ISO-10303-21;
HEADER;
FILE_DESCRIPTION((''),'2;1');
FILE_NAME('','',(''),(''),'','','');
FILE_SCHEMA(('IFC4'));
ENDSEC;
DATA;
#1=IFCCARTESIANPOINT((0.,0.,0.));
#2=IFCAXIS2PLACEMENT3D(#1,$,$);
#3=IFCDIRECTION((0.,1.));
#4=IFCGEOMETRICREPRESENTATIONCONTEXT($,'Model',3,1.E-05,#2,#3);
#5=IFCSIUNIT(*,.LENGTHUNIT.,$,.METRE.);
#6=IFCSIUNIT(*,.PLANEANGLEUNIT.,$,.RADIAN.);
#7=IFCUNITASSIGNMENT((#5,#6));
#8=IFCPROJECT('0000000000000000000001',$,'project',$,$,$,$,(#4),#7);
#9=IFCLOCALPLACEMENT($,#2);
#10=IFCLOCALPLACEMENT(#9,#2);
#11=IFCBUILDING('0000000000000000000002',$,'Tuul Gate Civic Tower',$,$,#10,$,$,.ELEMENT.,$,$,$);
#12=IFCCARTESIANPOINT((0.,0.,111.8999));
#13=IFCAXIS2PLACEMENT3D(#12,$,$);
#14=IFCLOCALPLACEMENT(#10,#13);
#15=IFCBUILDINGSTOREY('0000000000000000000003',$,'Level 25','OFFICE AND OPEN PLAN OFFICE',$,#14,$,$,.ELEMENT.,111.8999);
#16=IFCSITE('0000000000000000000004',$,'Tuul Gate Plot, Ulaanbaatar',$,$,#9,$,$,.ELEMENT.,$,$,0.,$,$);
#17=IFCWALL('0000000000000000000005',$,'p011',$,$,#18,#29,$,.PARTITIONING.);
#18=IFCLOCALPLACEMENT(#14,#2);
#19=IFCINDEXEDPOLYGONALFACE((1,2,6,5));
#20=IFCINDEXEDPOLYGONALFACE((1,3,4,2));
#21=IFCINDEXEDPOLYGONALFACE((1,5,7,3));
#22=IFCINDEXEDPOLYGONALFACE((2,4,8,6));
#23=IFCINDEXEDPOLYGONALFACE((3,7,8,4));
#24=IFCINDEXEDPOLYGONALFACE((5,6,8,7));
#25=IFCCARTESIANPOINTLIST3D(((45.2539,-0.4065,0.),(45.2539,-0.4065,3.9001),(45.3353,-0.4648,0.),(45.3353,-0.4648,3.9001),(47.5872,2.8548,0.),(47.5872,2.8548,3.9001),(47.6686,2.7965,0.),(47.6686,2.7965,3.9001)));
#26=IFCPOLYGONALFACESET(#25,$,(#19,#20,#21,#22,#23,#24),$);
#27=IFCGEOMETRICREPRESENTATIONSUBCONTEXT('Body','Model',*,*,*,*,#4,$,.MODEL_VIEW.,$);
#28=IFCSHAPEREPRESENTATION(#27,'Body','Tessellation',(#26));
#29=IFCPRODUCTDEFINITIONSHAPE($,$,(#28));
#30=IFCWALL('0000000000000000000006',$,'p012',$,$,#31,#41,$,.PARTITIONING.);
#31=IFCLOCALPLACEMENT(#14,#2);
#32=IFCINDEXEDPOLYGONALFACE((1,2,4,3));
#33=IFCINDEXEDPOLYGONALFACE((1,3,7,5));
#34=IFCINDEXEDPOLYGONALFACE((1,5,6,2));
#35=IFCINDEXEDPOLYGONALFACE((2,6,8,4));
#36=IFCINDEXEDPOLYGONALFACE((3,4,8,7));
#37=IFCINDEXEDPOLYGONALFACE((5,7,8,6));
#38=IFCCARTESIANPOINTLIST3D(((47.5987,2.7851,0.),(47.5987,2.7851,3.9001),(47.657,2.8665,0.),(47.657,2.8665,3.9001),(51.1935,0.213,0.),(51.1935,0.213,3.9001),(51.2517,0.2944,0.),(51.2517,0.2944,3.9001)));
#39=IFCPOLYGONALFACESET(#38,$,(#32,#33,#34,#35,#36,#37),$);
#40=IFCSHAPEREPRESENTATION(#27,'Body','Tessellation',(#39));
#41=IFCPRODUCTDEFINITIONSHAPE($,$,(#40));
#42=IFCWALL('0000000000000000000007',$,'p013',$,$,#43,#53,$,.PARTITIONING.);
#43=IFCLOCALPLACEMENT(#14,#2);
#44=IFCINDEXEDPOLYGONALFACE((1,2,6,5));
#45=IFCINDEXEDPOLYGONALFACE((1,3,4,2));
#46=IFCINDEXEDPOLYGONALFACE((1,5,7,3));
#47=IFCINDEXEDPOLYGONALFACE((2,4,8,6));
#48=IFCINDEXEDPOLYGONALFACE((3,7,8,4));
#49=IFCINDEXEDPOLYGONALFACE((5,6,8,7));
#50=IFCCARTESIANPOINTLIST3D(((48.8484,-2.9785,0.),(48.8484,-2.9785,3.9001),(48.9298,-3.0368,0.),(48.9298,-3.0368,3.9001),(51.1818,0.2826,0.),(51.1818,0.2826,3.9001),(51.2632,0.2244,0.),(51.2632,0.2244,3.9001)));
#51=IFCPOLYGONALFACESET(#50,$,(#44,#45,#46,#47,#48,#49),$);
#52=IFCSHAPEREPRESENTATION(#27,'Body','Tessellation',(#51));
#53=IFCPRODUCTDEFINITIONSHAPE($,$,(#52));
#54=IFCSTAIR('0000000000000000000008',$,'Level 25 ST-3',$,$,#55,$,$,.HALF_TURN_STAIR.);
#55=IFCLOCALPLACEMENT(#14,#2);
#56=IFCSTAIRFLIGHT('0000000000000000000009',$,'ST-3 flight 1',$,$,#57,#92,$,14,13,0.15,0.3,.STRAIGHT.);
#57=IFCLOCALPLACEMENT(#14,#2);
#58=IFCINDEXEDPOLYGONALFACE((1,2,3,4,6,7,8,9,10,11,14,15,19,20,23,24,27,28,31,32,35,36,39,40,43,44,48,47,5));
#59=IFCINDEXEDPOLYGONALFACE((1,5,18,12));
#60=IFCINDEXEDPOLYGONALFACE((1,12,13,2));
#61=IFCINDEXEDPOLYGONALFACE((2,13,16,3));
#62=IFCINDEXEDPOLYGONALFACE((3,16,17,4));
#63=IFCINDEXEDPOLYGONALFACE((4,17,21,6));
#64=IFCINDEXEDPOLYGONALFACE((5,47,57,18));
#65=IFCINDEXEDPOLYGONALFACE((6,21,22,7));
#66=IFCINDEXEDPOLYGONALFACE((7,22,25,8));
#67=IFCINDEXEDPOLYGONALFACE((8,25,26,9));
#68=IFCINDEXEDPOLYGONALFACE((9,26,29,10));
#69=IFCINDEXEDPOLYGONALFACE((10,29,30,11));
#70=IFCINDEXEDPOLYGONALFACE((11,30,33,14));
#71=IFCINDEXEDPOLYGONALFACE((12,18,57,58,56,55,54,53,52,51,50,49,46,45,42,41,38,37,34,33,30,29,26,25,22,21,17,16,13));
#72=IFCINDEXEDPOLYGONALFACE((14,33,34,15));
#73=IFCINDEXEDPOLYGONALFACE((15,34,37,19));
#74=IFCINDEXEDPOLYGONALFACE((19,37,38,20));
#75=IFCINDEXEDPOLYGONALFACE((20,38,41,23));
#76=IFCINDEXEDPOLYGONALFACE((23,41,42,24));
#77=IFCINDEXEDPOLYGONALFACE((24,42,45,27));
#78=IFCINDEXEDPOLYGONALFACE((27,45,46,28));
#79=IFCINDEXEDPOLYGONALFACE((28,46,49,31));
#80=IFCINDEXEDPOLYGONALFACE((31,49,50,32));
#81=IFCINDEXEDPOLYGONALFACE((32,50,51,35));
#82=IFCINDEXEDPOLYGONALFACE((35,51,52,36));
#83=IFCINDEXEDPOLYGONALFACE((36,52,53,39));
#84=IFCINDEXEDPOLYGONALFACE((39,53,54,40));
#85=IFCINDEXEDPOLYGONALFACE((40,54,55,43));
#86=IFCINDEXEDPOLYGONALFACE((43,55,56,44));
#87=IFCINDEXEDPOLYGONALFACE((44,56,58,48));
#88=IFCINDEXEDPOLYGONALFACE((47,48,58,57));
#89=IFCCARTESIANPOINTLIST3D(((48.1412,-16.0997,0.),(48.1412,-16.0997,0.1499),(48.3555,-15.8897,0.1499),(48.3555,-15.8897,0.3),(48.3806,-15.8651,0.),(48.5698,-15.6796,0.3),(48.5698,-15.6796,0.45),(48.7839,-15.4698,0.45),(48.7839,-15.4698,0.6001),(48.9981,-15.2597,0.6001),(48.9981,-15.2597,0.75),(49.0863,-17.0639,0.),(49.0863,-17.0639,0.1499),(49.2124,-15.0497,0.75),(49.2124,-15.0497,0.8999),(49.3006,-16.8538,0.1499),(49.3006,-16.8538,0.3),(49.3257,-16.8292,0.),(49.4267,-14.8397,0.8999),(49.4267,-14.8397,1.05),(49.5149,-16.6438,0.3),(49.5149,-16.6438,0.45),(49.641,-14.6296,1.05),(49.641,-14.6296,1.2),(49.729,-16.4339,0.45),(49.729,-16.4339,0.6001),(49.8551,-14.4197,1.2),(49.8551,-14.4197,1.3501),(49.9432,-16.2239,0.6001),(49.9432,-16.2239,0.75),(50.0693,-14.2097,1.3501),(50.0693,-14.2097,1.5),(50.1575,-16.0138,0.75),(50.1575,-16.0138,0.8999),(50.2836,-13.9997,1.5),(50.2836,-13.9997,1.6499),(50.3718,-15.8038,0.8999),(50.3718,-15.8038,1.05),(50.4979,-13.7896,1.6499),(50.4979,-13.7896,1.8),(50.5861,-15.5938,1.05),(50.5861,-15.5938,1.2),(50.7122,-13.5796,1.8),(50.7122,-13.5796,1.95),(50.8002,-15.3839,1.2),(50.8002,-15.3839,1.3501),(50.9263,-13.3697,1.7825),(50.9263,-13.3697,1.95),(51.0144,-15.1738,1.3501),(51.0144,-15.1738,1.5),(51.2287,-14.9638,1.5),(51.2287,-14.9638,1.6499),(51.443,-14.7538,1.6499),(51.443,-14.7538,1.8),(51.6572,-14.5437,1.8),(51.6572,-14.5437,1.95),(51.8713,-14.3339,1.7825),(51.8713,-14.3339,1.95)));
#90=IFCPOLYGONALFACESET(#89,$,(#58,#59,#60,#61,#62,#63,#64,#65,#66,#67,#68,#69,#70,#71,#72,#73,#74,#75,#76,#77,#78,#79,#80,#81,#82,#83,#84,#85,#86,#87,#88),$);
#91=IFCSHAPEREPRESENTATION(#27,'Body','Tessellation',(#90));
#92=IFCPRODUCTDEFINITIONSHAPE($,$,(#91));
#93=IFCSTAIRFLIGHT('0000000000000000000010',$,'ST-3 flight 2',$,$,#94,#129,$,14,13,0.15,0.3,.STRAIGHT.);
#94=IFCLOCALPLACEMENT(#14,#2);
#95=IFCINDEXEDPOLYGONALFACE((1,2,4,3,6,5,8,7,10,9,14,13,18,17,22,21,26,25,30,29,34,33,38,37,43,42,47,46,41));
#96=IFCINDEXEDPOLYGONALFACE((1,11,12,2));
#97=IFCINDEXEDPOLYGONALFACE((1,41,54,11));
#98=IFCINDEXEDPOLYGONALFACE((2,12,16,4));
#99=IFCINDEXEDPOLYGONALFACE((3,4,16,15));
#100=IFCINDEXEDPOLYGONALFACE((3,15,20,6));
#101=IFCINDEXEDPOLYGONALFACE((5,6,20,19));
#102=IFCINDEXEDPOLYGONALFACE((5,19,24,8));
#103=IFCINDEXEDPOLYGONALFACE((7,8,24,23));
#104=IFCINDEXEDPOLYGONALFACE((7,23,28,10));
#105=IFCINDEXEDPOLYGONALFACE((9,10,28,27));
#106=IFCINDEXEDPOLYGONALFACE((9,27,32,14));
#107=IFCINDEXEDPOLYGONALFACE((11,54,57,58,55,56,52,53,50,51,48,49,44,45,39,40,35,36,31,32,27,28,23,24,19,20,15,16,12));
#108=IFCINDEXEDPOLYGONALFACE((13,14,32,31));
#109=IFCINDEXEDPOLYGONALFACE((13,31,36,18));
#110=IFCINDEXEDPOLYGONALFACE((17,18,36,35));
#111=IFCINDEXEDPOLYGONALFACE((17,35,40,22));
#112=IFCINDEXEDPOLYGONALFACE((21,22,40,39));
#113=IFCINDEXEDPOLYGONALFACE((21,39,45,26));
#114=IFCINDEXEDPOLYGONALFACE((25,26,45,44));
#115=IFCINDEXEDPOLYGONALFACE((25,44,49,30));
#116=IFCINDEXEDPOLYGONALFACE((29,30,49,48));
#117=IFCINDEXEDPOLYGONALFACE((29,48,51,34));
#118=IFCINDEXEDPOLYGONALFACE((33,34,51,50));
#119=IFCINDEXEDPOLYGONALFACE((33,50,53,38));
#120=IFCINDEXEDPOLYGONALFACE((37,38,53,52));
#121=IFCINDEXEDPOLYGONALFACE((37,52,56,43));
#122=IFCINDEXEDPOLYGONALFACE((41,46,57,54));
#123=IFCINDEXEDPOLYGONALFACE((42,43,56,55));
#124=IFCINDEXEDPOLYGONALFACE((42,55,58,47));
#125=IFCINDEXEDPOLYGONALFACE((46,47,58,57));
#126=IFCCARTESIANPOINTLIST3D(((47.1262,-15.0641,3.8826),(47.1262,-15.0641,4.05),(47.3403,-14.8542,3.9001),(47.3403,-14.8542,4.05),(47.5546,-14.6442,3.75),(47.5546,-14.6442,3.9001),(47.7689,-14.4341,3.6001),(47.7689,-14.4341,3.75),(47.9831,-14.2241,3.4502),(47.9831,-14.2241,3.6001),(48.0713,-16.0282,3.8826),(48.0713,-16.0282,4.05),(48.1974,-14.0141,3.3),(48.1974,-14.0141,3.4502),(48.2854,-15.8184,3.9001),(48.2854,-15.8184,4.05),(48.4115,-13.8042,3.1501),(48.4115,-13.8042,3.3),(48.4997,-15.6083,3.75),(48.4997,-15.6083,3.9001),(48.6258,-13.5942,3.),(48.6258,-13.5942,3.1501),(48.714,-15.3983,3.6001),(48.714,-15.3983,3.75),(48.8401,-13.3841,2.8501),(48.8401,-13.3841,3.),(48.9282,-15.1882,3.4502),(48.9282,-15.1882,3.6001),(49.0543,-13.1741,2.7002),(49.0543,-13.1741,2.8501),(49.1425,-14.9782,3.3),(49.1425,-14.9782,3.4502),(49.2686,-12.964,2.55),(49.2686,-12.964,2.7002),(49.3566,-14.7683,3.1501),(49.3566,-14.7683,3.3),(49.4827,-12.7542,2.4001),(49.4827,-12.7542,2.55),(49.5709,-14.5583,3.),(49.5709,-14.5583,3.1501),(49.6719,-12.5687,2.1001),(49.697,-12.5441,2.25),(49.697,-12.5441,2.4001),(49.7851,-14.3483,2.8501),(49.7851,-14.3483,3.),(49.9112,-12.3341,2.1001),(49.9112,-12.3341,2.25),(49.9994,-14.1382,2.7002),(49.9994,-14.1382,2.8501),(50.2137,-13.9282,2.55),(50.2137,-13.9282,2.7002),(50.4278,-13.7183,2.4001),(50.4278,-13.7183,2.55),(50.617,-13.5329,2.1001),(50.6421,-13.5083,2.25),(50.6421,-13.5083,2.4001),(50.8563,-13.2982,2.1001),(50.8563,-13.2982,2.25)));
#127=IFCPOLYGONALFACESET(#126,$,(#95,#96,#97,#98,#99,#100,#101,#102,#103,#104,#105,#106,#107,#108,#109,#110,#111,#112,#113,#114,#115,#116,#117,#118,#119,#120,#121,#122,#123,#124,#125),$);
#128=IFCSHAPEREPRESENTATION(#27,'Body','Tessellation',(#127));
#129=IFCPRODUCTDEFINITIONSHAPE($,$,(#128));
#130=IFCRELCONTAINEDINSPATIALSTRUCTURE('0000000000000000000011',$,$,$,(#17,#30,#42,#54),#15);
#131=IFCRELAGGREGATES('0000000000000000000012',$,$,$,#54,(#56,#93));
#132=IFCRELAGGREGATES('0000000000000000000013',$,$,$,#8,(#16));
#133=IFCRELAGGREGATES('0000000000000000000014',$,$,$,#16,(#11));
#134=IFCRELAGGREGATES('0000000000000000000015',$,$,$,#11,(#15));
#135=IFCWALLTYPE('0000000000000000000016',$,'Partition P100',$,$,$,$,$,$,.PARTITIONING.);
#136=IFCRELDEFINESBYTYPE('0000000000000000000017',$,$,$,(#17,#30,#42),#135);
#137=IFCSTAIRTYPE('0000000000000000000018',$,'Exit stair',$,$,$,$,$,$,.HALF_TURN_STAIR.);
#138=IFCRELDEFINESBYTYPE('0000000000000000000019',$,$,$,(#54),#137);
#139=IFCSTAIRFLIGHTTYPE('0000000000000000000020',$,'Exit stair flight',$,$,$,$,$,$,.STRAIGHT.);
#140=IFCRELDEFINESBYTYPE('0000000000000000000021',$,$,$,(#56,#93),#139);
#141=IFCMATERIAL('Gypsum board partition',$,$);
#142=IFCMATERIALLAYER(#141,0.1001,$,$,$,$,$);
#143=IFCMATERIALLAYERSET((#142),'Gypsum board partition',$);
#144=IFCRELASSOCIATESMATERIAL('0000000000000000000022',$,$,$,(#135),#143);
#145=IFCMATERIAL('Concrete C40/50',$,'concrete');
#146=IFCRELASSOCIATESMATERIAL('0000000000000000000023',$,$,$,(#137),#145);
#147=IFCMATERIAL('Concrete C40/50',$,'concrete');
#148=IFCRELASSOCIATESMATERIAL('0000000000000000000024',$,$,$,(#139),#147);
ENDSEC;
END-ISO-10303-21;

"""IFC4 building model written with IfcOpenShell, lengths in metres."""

from ifc_helpers import new_model, si_unit, direction, frame, frame_2d, origin, place, context, subcontext, project, spatial, polyline, rectangle, outline, extrude, material, layer, layer_set, type_object, element, aggregate, save


model = new_model("IFC4")

# Units and contexts
model_context = context("Model", 3, precision=1e-05, world=origin(), true_north=direction((0.0, 1.0)))
body_context = subcontext(model_context, "Body", "Model", "MODEL_VIEW")
ifc_project = project(units=[si_unit("LENGTHUNIT", "METRE"), si_unit("PLANEANGLEUNIT", "RADIAN")], contexts=[model_context])

# Site, building, storey
site_placement = place(None, origin())
site = spatial("IfcSite", under=ifc_project, at=site_placement, Name="Tuul Gate Plot, Ulaanbaatar", CompositionType="ELEMENT", RefElevation=0.0)
building_placement = place(site_placement, origin())
building = spatial("IfcBuilding", under=site, at=building_placement, Name="Tuul Gate Civic Tower", CompositionType="ELEMENT")
storey_placement = place(building_placement, frame((0.0, 0.0, 111.8999)))
storey = spatial("IfcBuildingStorey", under=building, at=storey_placement, Name="Level 25", Description="OFFICE AND OPEN PLAN OFFICE", CompositionType="ELEMENT", Elevation=111.8999)

# Walls
ifc_material_1 = material(Name="Gypsum board partition")
ifc_layer_1 = layer(ifc_material_1, 0.1001)
ifc_layer_set_1 = layer_set([ifc_layer_1], Name="Gypsum board partition")
wall_type_1 = type_object("IfcWallType", Name="Partition P100", PredefinedType="PARTITIONING", material=ifc_layer_set_1)
wall_1_placement = place(storey_placement, frame((45.2947, -0.4355, 0.0), z_axis=(0.0, 0.0, 1.0), x_axis=(0.581866, 0.813285, 0.0)))
element("IfcWall", 1, at=wall_1_placement, inside=storey, type_object=wall_type_1, Name="p011", PredefinedType="PARTITIONING", context=body_context, shape_type="SweptSolid", body=[
    extrude(rectangle(XDim=4.01, YDim=0.1001, at=frame_2d((2.0049, 0.0))), origin(), (0.0, 0.0, 1.0), 3.9001),
])
wall_2_placement = place(storey_placement, frame((47.6279, 2.8257, 0.0), z_axis=(0.0, 0.0, 1.0), x_axis=(0.813267, -0.581891, 0.0)))
element("IfcWall", 2, at=wall_2_placement, inside=storey, type_object=wall_type_1, Name="p012", PredefinedType="PARTITIONING", context=body_context, shape_type="SweptSolid", body=[
    extrude(rectangle(XDim=4.4202, YDim=0.1001, at=frame_2d((2.21, 0.0))), origin(), (0.0, 0.0, 1.0), 3.9001),
])
wall_3_placement = place(storey_placement, frame((48.8892, -3.0076, 0.0), z_axis=(0.0, 0.0, 1.0), x_axis=(0.581906, 0.813256, 0.0)))
element("IfcWall", 3, at=wall_3_placement, inside=storey, type_object=wall_type_1, Name="p013", PredefinedType="PARTITIONING", context=body_context, shape_type="SweptSolid", body=[
    extrude(rectangle(XDim=4.01, YDim=0.1001, at=frame_2d((2.0049, 0.0))), origin(), (0.0, 0.0, 1.0), 3.9001),
])

# Stair, stair flights
ifc_material_2 = material(Name="Concrete C40/50", Category="concrete")
stair_type = type_object("IfcStairType", Name="Exit stair", PredefinedType="HALF_TURN_STAIR", material=ifc_material_2)
stair_placement = place(storey_placement, origin())
stair = element("IfcStair", 4, at=stair_placement, inside=storey, type_object=stair_type, Name="Level 25 ST-3", PredefinedType="HALF_TURN_STAIR")
ifc_material_3 = material(Name="Concrete C40/50", Category="concrete")
stair_flight_type = type_object("IfcStairFlightType", Name="Exit stair flight", PredefinedType="STRAIGHT", material=ifc_material_3)
stair_flight_1_placement = place(storey_placement, frame((48.6138, -16.5818, 0.0), z_axis=(0.0, 0.0, 1.0), x_axis=(0.714127, 0.700016, 0.0)))
stair_flight_1 = element("IfcStairFlight", 5, at=stair_flight_1_placement, type_object=stair_flight_type, Name="ST-3 flight 1", NumberOfRisers=14, NumberOfTreads=13, PredefinedType="STRAIGHT", RiserHeight=0.15, TreadLength=0.3, context=body_context, shape_type="SweptSolid", body=[
    extrude(outline(polyline([(0.0, 0.0), (0.0, 0.1499), (0.3, 0.1499), (0.3, 0.3), (0.6001, 0.3), (0.6001, 0.45), (0.8999, 0.45), (0.8999, 0.6001), (1.2, 0.6001), (1.2, 0.75), (1.5, 0.75), (1.5, 0.8999), (1.8, 0.8999), (1.8, 1.05), (2.1001, 1.05), (2.1001, 1.2), (2.3999, 1.2), (2.3999, 1.3501), (2.7, 1.3501), (2.7, 1.5), (3.0, 1.5), (3.0, 1.6499), (3.3, 1.6499), (3.3, 1.8), (3.6001, 1.8), (3.6001, 1.95), (3.8999, 1.95), (3.8999, 2.1001), (3.8999, 1.7825), (0.3352, 0.0), (0.0, 0.0)])), frame((0.0, 0.675, 0.0), z_axis=(0.0, -1.0, 0.0), x_axis=(1.0, 0.0, 0.0)), (0.0, 0.0, 1.0), 1.3501),
])
stair_flight_2_placement = place(storey_placement, frame((50.3838, -12.8162, 2.1001), z_axis=(0.0, 0.0, 1.0), x_axis=(-0.714127, -0.700016, 0.0)))
stair_flight_2 = element("IfcStairFlight", 6, at=stair_flight_2_placement, type_object=stair_flight_type, Name="ST-3 flight 2", NumberOfRisers=14, NumberOfTreads=13, PredefinedType="STRAIGHT", RiserHeight=0.15, TreadLength=0.3, context=body_context, shape_type="SweptSolid", body=[
    extrude(outline(polyline([(0.0, 0.0), (0.0, 0.1499), (0.3, 0.1499), (0.3, 0.3), (0.6001, 0.3), (0.6001, 0.45), (0.8999, 0.45), (0.8999, 0.6001), (1.2, 0.6001), (1.2, 0.75), (1.5, 0.75), (1.5, 0.8999), (1.8, 0.8999), (1.8, 1.05), (2.1001, 1.05), (2.1001, 1.2), (2.3999, 1.2), (2.3999, 1.3501), (2.7, 1.3501), (2.7, 1.5), (3.0, 1.5), (3.0, 1.6499), (3.3, 1.6499), (3.3, 1.8), (3.6001, 1.8), (3.6001, 1.95), (3.8999, 1.95), (3.8999, 2.1001), (3.8999, 1.7825), (0.3352, 0.0), (0.0, 0.0)])), frame((0.0, 0.675, 0.0), z_axis=(0.0, -1.0, 0.0), x_axis=(1.0, 0.0, 0.0)), (0.0, 0.0, 1.0), 1.3501),
])
aggregate(stair, [stair_flight_1, stair_flight_2])

save(model, "model.ifc")
